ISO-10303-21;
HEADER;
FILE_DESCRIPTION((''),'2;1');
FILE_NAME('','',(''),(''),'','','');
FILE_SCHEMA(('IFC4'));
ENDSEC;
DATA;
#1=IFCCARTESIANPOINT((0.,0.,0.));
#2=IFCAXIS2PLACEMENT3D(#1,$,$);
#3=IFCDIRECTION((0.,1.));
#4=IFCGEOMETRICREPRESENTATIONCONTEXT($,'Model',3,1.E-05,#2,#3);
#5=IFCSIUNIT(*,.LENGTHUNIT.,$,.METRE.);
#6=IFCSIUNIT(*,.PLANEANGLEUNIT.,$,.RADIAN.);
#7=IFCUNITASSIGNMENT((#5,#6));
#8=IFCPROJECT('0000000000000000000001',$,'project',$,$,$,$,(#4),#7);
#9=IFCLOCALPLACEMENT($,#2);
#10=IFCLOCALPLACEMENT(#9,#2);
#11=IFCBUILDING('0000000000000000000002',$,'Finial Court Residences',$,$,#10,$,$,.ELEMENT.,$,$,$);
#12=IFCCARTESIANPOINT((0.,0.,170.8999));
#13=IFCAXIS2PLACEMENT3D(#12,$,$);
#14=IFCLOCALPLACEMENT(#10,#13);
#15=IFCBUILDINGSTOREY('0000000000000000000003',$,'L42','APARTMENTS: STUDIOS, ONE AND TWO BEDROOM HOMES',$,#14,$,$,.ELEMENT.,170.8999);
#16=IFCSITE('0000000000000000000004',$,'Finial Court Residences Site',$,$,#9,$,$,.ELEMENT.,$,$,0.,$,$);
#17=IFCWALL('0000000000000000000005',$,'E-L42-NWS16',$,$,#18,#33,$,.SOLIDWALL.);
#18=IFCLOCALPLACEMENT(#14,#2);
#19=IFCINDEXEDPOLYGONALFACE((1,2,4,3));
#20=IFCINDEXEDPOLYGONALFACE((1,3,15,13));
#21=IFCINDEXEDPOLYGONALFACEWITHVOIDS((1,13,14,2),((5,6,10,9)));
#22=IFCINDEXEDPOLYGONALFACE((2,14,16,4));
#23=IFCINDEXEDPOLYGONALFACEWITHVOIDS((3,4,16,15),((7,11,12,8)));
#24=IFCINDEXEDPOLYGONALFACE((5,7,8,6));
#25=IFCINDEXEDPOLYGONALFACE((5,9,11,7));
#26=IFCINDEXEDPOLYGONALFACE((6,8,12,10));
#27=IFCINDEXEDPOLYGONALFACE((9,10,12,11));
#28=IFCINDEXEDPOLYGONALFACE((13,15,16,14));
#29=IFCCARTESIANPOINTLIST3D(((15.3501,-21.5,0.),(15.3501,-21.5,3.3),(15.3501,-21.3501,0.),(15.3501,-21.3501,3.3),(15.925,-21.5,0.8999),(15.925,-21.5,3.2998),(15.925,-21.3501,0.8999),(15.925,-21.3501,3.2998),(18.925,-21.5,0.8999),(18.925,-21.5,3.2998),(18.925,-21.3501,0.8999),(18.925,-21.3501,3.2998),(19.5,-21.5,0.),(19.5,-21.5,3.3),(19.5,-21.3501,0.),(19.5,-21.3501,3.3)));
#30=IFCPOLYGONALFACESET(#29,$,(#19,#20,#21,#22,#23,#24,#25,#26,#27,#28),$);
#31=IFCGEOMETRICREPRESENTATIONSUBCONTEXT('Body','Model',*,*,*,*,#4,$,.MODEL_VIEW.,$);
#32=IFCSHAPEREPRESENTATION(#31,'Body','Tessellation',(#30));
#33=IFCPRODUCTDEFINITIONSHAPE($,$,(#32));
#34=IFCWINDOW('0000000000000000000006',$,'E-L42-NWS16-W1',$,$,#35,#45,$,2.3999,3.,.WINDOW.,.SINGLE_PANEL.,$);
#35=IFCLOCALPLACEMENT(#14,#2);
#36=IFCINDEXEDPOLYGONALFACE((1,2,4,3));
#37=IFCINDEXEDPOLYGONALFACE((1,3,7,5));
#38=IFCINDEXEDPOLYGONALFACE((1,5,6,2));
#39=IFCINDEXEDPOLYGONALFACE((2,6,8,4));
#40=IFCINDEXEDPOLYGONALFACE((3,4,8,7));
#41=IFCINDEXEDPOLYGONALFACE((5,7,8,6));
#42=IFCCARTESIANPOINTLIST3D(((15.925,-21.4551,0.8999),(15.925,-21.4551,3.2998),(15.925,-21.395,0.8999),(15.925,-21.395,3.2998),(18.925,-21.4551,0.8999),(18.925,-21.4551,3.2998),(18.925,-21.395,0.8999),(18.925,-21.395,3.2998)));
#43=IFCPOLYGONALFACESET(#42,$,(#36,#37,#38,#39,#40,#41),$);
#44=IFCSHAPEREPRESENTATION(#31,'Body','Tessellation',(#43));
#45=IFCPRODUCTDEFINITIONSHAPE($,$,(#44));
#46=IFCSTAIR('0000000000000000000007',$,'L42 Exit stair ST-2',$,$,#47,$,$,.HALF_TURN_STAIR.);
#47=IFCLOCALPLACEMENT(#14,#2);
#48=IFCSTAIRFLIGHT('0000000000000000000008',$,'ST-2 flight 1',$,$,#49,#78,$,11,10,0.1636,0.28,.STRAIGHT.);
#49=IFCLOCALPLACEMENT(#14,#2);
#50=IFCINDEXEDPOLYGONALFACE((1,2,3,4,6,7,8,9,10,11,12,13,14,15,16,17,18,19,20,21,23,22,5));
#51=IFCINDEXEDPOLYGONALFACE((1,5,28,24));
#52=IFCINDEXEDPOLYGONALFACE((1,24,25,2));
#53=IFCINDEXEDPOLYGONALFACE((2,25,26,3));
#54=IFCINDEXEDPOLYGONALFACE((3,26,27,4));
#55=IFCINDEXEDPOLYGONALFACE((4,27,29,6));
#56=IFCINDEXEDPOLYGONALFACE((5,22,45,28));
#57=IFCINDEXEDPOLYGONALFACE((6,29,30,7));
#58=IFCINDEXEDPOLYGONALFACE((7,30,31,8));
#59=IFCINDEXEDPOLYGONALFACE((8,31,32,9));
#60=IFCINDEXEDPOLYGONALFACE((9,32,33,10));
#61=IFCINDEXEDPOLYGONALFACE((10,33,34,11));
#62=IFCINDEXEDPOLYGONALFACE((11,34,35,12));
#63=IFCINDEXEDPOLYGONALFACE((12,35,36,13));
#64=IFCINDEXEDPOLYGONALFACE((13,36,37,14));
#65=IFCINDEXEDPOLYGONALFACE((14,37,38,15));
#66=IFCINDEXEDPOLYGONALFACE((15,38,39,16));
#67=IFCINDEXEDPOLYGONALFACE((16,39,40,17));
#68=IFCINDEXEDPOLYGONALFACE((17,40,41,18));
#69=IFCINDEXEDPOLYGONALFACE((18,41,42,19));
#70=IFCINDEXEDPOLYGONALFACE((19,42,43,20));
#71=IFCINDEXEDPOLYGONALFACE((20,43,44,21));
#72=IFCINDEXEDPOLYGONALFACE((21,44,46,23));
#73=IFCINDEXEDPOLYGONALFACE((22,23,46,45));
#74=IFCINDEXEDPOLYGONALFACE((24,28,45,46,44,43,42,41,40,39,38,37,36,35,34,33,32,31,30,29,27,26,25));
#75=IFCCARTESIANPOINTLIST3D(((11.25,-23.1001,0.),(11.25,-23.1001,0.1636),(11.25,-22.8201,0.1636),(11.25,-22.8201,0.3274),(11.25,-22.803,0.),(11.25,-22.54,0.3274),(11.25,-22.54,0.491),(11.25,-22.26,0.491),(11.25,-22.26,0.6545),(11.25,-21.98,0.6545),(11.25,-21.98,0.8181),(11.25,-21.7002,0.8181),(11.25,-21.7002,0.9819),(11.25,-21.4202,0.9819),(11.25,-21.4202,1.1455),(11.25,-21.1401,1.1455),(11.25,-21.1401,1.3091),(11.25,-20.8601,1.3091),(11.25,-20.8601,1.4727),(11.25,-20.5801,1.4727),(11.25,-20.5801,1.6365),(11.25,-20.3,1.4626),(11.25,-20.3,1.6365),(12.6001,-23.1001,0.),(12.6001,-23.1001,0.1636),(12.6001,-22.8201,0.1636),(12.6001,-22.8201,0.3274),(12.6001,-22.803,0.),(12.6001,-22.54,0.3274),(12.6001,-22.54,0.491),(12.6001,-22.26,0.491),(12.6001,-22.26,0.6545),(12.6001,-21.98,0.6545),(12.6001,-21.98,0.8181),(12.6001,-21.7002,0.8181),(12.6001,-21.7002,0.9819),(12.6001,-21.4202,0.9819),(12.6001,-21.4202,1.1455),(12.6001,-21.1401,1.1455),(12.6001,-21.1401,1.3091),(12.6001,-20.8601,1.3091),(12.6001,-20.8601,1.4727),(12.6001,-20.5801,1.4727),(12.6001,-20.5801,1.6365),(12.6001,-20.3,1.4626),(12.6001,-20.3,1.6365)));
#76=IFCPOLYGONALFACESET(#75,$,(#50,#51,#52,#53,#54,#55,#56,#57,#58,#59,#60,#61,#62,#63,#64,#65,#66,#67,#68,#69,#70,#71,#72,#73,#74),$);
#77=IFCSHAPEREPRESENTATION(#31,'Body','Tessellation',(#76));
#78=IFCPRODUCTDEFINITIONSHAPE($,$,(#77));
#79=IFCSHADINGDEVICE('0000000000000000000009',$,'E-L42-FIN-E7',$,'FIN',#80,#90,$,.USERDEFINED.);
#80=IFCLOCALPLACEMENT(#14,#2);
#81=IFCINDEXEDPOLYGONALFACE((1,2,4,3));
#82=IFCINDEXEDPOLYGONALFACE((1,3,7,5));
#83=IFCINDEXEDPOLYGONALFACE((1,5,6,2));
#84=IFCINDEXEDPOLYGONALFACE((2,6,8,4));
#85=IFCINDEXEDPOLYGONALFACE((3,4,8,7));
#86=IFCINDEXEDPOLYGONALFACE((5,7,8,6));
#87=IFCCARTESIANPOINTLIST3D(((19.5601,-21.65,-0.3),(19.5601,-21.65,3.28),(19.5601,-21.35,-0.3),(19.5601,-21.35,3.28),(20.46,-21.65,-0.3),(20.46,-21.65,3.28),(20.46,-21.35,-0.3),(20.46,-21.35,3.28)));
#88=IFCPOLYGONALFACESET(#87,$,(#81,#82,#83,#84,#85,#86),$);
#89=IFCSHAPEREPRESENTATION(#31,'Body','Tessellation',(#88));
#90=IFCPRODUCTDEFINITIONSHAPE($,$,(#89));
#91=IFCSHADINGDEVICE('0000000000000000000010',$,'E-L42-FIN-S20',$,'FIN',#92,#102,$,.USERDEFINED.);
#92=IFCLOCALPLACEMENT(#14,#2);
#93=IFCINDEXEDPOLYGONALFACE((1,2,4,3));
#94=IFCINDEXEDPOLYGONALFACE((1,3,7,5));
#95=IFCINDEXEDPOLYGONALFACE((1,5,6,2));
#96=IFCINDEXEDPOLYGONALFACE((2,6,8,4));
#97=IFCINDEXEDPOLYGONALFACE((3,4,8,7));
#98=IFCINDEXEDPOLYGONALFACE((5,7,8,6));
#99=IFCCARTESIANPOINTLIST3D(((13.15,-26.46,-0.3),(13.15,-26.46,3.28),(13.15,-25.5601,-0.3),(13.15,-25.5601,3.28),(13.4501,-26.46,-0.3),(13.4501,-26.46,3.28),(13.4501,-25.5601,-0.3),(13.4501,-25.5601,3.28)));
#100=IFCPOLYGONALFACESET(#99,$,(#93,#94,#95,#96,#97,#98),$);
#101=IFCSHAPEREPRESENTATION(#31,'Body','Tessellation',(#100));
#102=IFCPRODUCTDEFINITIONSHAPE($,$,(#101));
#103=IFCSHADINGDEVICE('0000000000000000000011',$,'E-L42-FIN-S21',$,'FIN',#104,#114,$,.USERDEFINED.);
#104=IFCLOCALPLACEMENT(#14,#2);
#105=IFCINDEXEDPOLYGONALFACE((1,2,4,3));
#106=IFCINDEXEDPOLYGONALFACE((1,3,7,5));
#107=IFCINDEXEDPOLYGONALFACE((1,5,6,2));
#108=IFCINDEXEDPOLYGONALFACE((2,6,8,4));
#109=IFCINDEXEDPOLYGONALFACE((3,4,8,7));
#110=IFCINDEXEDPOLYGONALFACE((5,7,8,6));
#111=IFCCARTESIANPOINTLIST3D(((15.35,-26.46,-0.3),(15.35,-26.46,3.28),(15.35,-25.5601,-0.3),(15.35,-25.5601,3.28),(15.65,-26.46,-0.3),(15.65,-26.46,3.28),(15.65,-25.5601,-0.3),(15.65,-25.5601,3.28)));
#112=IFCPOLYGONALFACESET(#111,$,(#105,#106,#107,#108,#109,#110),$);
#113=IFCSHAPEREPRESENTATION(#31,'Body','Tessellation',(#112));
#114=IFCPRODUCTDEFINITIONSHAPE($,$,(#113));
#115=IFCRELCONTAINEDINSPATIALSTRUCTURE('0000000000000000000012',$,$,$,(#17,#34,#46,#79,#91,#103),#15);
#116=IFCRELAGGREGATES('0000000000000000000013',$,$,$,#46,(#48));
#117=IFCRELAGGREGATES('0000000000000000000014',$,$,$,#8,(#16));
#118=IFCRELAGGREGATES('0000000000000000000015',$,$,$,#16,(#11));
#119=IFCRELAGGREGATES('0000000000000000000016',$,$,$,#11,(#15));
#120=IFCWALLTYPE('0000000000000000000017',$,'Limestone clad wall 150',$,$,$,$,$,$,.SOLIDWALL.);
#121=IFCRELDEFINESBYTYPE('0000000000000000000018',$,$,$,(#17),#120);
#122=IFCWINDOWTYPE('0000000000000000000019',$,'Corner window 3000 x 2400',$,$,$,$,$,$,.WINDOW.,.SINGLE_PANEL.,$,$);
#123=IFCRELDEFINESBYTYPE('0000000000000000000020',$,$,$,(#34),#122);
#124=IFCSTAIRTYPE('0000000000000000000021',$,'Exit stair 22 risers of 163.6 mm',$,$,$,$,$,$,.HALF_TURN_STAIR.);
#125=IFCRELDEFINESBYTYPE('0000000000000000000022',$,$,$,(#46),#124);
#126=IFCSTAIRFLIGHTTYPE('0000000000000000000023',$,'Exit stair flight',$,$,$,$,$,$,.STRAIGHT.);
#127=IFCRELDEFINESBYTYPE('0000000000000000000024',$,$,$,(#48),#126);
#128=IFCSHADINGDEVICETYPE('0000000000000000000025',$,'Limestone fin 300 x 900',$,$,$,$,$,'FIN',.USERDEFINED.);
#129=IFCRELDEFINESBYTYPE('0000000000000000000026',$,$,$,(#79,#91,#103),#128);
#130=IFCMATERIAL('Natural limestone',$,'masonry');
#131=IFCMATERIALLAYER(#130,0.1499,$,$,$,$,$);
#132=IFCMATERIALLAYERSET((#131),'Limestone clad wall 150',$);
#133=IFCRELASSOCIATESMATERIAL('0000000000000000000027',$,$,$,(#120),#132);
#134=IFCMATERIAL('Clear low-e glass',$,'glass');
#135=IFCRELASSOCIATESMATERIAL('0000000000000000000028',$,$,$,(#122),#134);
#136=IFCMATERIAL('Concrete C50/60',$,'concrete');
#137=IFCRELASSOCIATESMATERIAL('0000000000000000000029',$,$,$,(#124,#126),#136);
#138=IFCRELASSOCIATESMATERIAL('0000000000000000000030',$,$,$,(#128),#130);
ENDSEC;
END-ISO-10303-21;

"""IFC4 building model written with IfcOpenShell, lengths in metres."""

from ifc_helpers import new_model, si_unit, direction, frame, frame_2d, origin, origin_2d, place, context, subcontext, project, spatial, polyline, rectangle, outline, extrude, material, layer, layer_set, type_object, element, fill, aggregate, save


model = new_model("IFC4")

# Units and contexts
model_context = context("Model", 3, precision=1e-05, world=origin(), true_north=direction((0.0, 1.0)))
body_context = subcontext(model_context, "Body", "Model", "MODEL_VIEW")
ifc_project = project(units=[si_unit("LENGTHUNIT", "METRE"), si_unit("PLANEANGLEUNIT", "RADIAN")], contexts=[model_context])

# Site, building, storey
site_placement = place(None, origin())
site = spatial("IfcSite", under=ifc_project, at=site_placement, Name="Finial Court Residences Site", CompositionType="ELEMENT", RefElevation=0.0)
building_placement = place(site_placement, origin())
building = spatial("IfcBuilding", under=site, at=building_placement, Name="Finial Court Residences", CompositionType="ELEMENT")
storey_placement = place(building_placement, frame((0.0, 0.0, 170.8999)))
storey = spatial("IfcBuildingStorey", under=building, at=storey_placement, Name="L42", Description="APARTMENTS: STUDIOS, ONE AND TWO BEDROOM HOMES", CompositionType="ELEMENT", Elevation=170.8999)

# Shared definitions
ifc_material_1 = material(Name="Clear low-e glass", Category="glass")

# Wall, opening, window
ifc_material_2 = material(Name="Natural limestone", Category="masonry")
ifc_layer_1 = layer(ifc_material_2, 0.1499)
ifc_layer_set_1 = layer_set([ifc_layer_1], Name="Limestone clad wall 150")
wall_type_1 = type_object("IfcWallType", Name="Limestone clad wall 150", PredefinedType="SOLIDWALL", material=ifc_layer_set_1)
wall_1_placement = place(storey_placement, frame((19.5, -21.425, 0.0), z_axis=(0.0, 0.0, 1.0), x_axis=(-1.0, 0.0, 0.0)))
wall_1 = element("IfcWall", 1, at=wall_1_placement, inside=storey, type_object=wall_type_1, Name="E-L42-NWS16", PredefinedType="SOLIDWALL", context=body_context, shape_type="SweptSolid", body=[
    extrude(rectangle(XDim=4.1499, YDim=0.1499, at=frame_2d((2.075, 0.0))), origin(), (0.0, 0.0, 1.0), 3.3),
])
opening_1_placement = place(wall_1_placement, frame((0.575, 0.0, 0.8999)))
opening_1 = element("IfcOpeningElement", 2, at=opening_1_placement, cuts=wall_1, PredefinedType="OPENING", context=body_context, shape_type="SweptSolid", body=[
    extrude(rectangle(XDim=3.0, YDim=2.3999, at=frame_2d((1.5, 1.2))), frame((0.0, 0.085, 0.0), z_axis=(0.0, -1.0, 0.0), x_axis=(1.0, 0.0, 0.0)), (0.0, 0.0, 1.0), 0.1699),
])
window_type_1 = type_object("IfcWindowType", Name="Corner window 3000 x 2400", PartitioningType="SINGLE_PANEL", PredefinedType="WINDOW", material=ifc_material_1)
window_1_placement = place(opening_1_placement, origin())
window_1 = element("IfcWindow", 3, at=window_1_placement, inside=storey, type_object=window_type_1, Name="E-L42-NWS16-W1", OverallHeight=2.3999, OverallWidth=3.0, PartitioningType="SINGLE_PANEL", PredefinedType="WINDOW", context=body_context, shape_type="SweptSolid", body=[
    extrude(rectangle(XDim=3.0, YDim=2.3999, at=frame_2d((1.5, 1.2))), frame((0.0, 0.03, 0.0), z_axis=(0.0, -1.0, 0.0), x_axis=(1.0, 0.0, 0.0)), (0.0, 0.0, 1.0), 0.0601),
])
fill(opening_1, window_1)

# Stair, stair flight
ifc_material_3 = material(Name="Concrete C50/60", Category="concrete")
stair_type = type_object("IfcStairType", Name="Exit stair 22 risers of 163.6 mm", PredefinedType="HALF_TURN_STAIR", material=ifc_material_3)
stair_placement = place(storey_placement, origin())
stair = element("IfcStair", 4, at=stair_placement, inside=storey, type_object=stair_type, Name="L42 Exit stair ST-2", PredefinedType="HALF_TURN_STAIR")
stair_flight_type = type_object("IfcStairFlightType", Name="Exit stair flight", PredefinedType="STRAIGHT", material=ifc_material_3)
stair_flight_placement = place(storey_placement, frame((11.925, -23.1001, 0.0), z_axis=(0.0, 0.0, 1.0), x_axis=(0.0, 1.0, 0.0)))
stair_flight = element("IfcStairFlight", 5, at=stair_flight_placement, type_object=stair_flight_type, Name="ST-2 flight 1", NumberOfRisers=11, NumberOfTreads=10, PredefinedType="STRAIGHT", RiserHeight=0.1636, TreadLength=0.28, context=body_context, shape_type="SweptSolid", body=[
    extrude(outline(polyline([(0.0, 0.0), (0.0, 0.1636), (0.28, 0.1636), (0.28, 0.3274), (0.5601, 0.3274), (0.5601, 0.491), (0.8401, 0.491), (0.8401, 0.6545), (1.1201, 0.6545), (1.1201, 0.8181), (1.3999, 0.8181), (1.3999, 0.9819), (1.6799, 0.9819), (1.6799, 1.1455), (1.96, 1.1455), (1.96, 1.3091), (2.24, 1.3091), (2.24, 1.4727), (2.52, 1.4727), (2.52, 1.6365), (2.8, 1.6365), (2.8, 1.8), (2.8, 1.4626), (0.2971, 0.0), (0.0, 0.0)])), frame((0.0, 0.675, 0.0), z_axis=(0.0, -1.0, 0.0), x_axis=(1.0, 0.0, 0.0)), (0.0, 0.0, 1.0), 1.3501),
])
aggregate(stair, [stair_flight])

# Shading devices
shading_device_type = type_object("IfcShadingDeviceType", Name="Limestone fin 300 x 900", ElementType="FIN", PredefinedType="USERDEFINED", material=ifc_material_2)
shading_device_placement = place(storey_placement, frame((20.01, -21.5, -0.3), z_axis=(0.0, 0.0, 1.0), x_axis=(1.0, 0.0, 0.0)))
element("IfcShadingDevice", 6, at=shading_device_placement, inside=storey, type_object=shading_device_type, Name="E-L42-FIN-E7", ObjectType="FIN", PredefinedType="USERDEFINED", context=body_context, shape_type="SweptSolid", body=[
    extrude(rectangle(XDim=0.8999, YDim=0.3, at=origin_2d()), origin(), (0.0, 0.0, 1.0), 3.5801),
])
for number, where, z_axis, x_axis, name in (
    (7, (13.3, -26.01, -0.3), (0.0, 0.0, 1.0), (1.0, 0.0, 0.0), "E-L42-FIN-S20"),
    (8, (15.5, -26.01, -0.3), (0.0, 0.0, 1.0), (1.0, 0.0, 0.0), "E-L42-FIN-S21"),
):
    element("IfcShadingDevice", number, at=place(storey_placement, frame(where, z_axis=z_axis, x_axis=x_axis)), inside=storey, type_object=shading_device_type, Name=name, ObjectType="FIN", PredefinedType="USERDEFINED", context=body_context, shape_type="SweptSolid", body=[
        extrude(rectangle(XDim=0.3, YDim=0.8999, at=origin_2d()), origin(), (0.0, 0.0, 1.0), 3.5801),
    ])

save(model, "model.ifc")
